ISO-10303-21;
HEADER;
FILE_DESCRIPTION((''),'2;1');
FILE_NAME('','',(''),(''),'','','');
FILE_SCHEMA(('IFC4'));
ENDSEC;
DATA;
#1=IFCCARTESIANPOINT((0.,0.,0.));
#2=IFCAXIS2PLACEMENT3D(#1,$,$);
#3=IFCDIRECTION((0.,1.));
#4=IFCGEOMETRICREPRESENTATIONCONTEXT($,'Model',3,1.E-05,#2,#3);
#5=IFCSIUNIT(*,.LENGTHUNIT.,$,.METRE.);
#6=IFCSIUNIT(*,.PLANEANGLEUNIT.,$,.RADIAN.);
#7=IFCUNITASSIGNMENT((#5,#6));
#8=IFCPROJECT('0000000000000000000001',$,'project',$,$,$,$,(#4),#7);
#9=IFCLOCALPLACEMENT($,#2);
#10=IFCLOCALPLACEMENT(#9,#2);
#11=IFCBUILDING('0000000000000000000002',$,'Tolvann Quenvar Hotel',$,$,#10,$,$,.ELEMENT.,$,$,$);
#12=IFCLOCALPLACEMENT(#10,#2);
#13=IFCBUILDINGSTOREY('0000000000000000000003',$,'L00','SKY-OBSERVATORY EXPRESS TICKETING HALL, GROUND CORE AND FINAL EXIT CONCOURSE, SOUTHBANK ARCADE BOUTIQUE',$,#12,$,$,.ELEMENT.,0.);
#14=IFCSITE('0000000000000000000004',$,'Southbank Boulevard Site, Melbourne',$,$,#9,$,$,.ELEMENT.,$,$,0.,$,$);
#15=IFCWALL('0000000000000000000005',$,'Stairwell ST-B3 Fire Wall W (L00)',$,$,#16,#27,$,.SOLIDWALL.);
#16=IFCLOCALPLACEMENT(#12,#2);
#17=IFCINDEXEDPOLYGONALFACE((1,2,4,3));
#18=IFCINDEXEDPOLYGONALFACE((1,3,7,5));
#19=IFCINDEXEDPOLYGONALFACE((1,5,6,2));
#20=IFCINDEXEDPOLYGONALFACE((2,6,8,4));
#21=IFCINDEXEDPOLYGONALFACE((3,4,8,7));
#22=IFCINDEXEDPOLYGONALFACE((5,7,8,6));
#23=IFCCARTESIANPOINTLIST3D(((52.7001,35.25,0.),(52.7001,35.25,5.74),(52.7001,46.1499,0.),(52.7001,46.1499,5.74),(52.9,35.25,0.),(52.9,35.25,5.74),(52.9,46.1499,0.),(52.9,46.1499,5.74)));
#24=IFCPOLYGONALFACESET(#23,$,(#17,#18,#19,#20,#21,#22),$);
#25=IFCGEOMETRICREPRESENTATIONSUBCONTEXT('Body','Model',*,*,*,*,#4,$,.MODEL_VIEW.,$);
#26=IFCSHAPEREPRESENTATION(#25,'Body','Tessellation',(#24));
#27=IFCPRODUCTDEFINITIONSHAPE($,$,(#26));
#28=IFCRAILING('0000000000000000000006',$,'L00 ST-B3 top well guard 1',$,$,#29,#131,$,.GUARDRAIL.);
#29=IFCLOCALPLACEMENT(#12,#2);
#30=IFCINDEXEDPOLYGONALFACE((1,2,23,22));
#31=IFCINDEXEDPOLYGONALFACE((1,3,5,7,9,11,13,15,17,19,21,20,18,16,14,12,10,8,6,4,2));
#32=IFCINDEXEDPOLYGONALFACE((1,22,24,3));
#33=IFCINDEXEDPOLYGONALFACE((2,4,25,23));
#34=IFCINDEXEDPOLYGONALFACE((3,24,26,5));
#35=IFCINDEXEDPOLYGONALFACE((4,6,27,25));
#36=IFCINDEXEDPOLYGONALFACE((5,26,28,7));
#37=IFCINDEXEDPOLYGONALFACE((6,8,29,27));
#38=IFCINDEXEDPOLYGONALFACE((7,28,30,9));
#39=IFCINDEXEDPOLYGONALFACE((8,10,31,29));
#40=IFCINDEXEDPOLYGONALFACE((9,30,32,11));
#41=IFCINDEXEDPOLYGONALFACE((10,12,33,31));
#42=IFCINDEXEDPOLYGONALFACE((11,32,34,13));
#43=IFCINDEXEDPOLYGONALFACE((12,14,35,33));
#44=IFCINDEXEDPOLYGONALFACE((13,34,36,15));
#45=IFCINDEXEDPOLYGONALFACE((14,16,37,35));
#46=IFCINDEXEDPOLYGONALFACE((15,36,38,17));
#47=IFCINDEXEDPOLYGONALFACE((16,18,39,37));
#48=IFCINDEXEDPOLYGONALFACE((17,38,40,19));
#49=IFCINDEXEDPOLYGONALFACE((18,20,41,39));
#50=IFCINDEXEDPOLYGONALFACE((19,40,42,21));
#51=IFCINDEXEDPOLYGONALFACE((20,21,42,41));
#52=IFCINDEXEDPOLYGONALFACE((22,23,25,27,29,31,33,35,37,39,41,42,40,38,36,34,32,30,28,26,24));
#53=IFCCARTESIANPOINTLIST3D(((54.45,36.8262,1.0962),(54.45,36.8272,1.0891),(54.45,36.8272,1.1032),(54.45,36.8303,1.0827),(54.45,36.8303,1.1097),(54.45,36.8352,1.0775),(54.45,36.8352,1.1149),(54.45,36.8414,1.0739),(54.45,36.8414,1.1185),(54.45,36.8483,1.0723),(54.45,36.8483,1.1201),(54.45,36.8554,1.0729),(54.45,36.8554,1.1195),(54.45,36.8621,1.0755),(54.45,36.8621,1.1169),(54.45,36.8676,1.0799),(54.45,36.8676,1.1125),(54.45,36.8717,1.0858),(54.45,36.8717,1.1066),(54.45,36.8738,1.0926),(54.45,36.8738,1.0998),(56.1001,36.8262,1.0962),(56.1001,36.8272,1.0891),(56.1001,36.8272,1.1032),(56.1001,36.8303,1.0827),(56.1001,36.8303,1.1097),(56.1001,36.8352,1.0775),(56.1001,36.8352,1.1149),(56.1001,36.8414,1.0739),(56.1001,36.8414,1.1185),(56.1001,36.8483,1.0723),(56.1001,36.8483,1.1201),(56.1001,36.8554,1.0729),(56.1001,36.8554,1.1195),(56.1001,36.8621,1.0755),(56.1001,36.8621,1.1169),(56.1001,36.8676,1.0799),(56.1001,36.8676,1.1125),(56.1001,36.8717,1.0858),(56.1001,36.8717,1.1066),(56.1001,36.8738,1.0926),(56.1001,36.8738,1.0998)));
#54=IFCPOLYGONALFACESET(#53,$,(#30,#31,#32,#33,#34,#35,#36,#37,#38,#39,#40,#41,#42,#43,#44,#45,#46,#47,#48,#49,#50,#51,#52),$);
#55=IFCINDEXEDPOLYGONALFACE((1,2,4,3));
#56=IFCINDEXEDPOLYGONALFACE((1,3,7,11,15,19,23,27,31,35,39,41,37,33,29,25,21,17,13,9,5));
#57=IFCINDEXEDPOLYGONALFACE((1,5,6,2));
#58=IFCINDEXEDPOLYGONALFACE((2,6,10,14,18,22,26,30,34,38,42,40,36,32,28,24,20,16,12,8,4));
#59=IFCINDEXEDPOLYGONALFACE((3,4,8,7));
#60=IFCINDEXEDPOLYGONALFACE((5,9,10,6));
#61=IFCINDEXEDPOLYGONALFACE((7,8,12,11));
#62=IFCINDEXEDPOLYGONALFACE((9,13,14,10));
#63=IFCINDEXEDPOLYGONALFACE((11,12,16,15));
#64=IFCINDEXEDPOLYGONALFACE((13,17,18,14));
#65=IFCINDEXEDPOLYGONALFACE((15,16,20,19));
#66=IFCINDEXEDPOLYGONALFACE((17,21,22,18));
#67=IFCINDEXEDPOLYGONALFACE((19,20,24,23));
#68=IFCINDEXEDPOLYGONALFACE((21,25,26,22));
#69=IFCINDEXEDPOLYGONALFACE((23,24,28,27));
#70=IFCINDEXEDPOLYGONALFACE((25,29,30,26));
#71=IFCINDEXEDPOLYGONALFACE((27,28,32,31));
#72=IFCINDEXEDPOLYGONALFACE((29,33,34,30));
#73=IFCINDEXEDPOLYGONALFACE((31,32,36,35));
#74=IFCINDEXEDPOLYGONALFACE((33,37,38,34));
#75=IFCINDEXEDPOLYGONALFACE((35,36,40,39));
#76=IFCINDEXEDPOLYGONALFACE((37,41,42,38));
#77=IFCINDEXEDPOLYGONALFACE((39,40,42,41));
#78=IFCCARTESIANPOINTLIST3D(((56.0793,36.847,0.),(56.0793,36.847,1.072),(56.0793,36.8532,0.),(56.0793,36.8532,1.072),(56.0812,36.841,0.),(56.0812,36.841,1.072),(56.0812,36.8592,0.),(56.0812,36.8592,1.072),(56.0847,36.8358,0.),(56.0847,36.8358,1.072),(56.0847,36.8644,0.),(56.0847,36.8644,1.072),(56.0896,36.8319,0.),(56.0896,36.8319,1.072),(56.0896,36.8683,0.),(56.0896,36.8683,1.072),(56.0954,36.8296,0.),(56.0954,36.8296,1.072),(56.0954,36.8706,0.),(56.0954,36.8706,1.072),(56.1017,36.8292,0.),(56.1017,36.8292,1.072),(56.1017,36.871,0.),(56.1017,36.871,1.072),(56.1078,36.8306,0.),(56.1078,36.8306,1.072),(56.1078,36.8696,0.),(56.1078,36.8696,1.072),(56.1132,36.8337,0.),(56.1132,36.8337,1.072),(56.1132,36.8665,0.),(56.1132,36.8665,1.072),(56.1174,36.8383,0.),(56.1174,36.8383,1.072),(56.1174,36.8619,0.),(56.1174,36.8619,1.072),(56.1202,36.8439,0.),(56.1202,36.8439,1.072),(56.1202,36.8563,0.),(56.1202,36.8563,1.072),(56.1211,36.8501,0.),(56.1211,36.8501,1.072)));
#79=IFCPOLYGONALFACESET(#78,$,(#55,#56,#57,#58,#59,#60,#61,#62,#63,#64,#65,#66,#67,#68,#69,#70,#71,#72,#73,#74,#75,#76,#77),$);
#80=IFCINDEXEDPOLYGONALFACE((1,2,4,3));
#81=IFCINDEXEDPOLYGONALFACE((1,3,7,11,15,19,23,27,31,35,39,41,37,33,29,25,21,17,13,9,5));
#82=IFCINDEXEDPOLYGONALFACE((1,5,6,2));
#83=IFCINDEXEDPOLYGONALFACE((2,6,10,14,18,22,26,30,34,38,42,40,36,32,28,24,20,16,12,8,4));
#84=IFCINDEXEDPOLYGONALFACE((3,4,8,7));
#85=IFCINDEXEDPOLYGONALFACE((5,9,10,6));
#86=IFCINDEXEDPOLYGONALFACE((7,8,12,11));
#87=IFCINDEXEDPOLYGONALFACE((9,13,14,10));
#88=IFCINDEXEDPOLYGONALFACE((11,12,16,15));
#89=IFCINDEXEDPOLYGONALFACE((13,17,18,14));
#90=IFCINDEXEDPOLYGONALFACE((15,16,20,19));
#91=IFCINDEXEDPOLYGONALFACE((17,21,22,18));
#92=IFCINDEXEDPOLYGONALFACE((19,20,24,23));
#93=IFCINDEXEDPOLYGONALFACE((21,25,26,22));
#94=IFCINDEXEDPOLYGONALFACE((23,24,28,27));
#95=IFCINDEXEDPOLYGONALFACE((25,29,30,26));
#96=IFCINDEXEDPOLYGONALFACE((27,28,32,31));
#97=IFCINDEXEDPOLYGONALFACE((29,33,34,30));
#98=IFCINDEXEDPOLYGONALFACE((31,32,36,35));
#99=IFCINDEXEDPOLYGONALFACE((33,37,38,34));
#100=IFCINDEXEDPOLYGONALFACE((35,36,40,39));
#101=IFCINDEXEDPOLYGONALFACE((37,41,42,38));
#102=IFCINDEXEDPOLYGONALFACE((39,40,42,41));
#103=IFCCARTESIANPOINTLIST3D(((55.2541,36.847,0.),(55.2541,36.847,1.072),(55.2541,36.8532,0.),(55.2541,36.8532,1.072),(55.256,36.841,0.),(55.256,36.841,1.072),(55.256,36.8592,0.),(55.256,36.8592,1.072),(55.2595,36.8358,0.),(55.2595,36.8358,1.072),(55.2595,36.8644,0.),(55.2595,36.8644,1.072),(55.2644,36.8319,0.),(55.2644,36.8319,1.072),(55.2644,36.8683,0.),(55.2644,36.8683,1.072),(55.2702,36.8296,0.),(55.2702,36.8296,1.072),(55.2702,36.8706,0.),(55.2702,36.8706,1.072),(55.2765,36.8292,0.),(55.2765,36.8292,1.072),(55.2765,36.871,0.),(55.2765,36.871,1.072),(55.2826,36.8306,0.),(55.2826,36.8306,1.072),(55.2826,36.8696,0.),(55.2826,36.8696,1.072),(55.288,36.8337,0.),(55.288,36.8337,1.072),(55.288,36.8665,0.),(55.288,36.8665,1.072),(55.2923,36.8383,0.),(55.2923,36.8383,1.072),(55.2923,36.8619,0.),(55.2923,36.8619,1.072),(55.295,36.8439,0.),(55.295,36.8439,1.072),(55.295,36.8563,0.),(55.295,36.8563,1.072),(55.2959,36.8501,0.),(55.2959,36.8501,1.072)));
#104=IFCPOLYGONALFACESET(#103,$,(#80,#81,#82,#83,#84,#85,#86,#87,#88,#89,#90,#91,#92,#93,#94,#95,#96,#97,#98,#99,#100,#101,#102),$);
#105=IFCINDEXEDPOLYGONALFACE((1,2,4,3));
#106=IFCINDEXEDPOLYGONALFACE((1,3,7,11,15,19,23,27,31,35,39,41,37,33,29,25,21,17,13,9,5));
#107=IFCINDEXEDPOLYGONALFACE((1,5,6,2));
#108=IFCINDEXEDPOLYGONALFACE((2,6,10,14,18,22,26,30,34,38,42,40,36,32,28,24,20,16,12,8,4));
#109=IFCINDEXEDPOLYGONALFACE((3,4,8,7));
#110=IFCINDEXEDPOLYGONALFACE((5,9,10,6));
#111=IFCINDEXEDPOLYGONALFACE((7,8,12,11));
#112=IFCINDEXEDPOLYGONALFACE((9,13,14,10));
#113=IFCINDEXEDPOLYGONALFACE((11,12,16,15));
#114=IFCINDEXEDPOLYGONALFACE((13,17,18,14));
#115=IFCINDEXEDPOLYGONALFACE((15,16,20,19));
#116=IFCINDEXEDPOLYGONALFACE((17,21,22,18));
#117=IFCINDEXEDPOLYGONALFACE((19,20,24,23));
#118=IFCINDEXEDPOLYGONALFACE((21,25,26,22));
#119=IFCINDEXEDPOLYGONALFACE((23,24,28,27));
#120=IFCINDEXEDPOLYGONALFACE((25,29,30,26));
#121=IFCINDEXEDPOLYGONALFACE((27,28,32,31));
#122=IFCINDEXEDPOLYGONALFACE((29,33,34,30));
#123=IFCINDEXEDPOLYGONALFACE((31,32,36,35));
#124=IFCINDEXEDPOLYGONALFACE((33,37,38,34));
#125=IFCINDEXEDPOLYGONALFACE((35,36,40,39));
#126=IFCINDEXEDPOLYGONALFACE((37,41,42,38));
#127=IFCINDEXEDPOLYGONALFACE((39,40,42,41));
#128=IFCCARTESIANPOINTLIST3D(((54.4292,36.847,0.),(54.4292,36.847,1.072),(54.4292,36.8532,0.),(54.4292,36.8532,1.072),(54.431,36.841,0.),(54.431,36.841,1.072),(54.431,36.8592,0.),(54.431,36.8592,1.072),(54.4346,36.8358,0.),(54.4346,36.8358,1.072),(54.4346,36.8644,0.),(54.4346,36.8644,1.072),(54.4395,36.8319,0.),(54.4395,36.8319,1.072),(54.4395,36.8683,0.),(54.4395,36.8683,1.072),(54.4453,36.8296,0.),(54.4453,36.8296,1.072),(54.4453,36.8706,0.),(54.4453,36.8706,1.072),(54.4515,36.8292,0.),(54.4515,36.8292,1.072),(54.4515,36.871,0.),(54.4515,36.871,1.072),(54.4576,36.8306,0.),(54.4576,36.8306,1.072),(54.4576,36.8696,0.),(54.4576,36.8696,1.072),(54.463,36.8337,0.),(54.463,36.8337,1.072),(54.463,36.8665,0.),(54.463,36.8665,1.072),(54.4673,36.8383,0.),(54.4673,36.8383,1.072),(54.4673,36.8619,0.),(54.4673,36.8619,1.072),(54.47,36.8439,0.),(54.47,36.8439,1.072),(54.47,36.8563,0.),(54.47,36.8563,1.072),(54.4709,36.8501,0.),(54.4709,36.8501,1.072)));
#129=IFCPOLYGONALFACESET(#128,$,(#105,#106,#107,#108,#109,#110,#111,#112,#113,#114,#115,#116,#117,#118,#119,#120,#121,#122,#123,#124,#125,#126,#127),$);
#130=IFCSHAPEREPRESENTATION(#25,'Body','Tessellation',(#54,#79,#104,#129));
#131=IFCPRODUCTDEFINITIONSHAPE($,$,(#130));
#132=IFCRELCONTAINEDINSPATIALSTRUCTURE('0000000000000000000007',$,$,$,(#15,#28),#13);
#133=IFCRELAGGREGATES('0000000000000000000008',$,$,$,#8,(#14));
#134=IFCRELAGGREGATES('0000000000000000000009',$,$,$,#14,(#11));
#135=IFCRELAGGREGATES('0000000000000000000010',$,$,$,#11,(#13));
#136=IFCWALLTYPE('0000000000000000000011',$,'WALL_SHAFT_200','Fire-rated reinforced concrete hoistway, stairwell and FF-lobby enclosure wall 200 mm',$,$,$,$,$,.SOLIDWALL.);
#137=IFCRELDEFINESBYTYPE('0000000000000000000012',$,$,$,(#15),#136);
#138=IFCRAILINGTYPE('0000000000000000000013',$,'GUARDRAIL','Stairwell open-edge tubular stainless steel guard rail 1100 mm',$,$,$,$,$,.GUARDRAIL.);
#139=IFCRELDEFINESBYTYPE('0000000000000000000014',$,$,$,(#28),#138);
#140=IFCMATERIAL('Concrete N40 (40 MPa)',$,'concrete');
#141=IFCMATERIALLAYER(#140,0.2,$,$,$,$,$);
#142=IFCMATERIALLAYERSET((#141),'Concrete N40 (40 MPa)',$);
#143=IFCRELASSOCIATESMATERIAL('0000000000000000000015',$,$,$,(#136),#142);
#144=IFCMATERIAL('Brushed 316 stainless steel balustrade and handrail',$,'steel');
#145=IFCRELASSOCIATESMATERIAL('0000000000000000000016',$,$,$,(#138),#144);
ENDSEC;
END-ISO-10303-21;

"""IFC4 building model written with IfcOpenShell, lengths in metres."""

from ifc_helpers import new_model, si_unit, direction, frame, frame_2d, origin, origin_2d, place, context, subcontext, project, spatial, rectangle, circle, extrude, material, layer, layer_set, type_object, element, save


model = new_model("IFC4")

# Units and contexts
model_context = context("Model", 3, precision=1e-05, world=origin(), true_north=direction((0.0, 1.0)))
body_context = subcontext(model_context, "Body", "Model", "MODEL_VIEW")
ifc_project = project(units=[si_unit("LENGTHUNIT", "METRE"), si_unit("PLANEANGLEUNIT", "RADIAN")], contexts=[model_context])

# Site, building, storey
site_placement = place(None, origin())
site = spatial("IfcSite", under=ifc_project, at=site_placement, Name="Southbank Boulevard Site, Melbourne", CompositionType="ELEMENT", RefElevation=0.0)
building_placement = place(site_placement, origin())
building = spatial("IfcBuilding", under=site, at=building_placement, Name="Tolvann Quenvar Hotel", CompositionType="ELEMENT")
storey_placement = place(building_placement, origin())
storey = spatial("IfcBuildingStorey", under=building, at=storey_placement, Name="L00", Description="SKY-OBSERVATORY EXPRESS TICKETING HALL, GROUND CORE AND FINAL EXIT CONCOURSE, SOUTHBANK ARCADE BOUTIQUE", CompositionType="ELEMENT", Elevation=0.0)

# Wall
ifc_material_1 = material(Name="Concrete N40 (40 MPa)", Category="concrete")
ifc_layer_1 = layer(ifc_material_1, 0.2)
ifc_layer_set_1 = layer_set([ifc_layer_1], Name="Concrete N40 (40 MPa)")
wall_type_1 = type_object("IfcWallType", Name="WALL_SHAFT_200", Description="Fire-rated reinforced concrete hoistway, stairwell and FF-lobby enclosure wall 200 mm", PredefinedType="SOLIDWALL", material=ifc_layer_set_1)
wall_1_placement = place(storey_placement, frame((52.8, 46.1499, 0.0), z_axis=(0.0, 0.0, 1.0), x_axis=(0.0, -1.0, 0.0)))
element("IfcWall", 1, at=wall_1_placement, inside=storey, type_object=wall_type_1, Name="Stairwell ST-B3 Fire Wall W (L00)", PredefinedType="SOLIDWALL", context=body_context, shape_type="SweptSolid", body=[
    extrude(rectangle(XDim=10.8999, YDim=0.2, at=frame_2d((5.45, 0.0))), origin(), (0.0, 0.0, 1.0), 5.74),
])

# Railing
ifc_material_2 = material(Name="Brushed 316 stainless steel balustrade and handrail", Category="steel")
railing_type_1 = type_object("IfcRailingType", Name="GUARDRAIL", Description="Stairwell open-edge tubular stainless steel guard rail 1100 mm", PredefinedType="GUARDRAIL", material=ifc_material_2)
railing_1_placement = place(storey_placement, frame((56.1001, 36.8501, 0.0)))
element("IfcRailing", 2, at=railing_1_placement, inside=storey, type_object=railing_type_1, Name="L00 ST-B3 top well guard 1", PredefinedType="GUARDRAIL", context=body_context, shape_type="SweptSolid", body=[
    extrude(circle(Radius=0.0239, at=origin_2d()), frame((0.0, 0.0, 1.0962), z_axis=(-1.0, 0.0, 0.0), x_axis=(0.0, -1.0, 0.0)), (0.0, 0.0, 1.0), 1.6501),
    extrude(circle(Radius=0.021, at=origin_2d()), origin(), (0.0, 0.0, 1.0), 1.072),
    extrude(circle(Radius=0.021, at=origin_2d()), frame((-0.8252, 0.0, 0.0)), (0.0, 0.0, 1.0), 1.072),
    extrude(circle(Radius=0.021, at=origin_2d()), frame((-1.6501, 0.0, 0.0)), (0.0, 0.0, 1.0), 1.072),
])

save(model, "model.ifc")
